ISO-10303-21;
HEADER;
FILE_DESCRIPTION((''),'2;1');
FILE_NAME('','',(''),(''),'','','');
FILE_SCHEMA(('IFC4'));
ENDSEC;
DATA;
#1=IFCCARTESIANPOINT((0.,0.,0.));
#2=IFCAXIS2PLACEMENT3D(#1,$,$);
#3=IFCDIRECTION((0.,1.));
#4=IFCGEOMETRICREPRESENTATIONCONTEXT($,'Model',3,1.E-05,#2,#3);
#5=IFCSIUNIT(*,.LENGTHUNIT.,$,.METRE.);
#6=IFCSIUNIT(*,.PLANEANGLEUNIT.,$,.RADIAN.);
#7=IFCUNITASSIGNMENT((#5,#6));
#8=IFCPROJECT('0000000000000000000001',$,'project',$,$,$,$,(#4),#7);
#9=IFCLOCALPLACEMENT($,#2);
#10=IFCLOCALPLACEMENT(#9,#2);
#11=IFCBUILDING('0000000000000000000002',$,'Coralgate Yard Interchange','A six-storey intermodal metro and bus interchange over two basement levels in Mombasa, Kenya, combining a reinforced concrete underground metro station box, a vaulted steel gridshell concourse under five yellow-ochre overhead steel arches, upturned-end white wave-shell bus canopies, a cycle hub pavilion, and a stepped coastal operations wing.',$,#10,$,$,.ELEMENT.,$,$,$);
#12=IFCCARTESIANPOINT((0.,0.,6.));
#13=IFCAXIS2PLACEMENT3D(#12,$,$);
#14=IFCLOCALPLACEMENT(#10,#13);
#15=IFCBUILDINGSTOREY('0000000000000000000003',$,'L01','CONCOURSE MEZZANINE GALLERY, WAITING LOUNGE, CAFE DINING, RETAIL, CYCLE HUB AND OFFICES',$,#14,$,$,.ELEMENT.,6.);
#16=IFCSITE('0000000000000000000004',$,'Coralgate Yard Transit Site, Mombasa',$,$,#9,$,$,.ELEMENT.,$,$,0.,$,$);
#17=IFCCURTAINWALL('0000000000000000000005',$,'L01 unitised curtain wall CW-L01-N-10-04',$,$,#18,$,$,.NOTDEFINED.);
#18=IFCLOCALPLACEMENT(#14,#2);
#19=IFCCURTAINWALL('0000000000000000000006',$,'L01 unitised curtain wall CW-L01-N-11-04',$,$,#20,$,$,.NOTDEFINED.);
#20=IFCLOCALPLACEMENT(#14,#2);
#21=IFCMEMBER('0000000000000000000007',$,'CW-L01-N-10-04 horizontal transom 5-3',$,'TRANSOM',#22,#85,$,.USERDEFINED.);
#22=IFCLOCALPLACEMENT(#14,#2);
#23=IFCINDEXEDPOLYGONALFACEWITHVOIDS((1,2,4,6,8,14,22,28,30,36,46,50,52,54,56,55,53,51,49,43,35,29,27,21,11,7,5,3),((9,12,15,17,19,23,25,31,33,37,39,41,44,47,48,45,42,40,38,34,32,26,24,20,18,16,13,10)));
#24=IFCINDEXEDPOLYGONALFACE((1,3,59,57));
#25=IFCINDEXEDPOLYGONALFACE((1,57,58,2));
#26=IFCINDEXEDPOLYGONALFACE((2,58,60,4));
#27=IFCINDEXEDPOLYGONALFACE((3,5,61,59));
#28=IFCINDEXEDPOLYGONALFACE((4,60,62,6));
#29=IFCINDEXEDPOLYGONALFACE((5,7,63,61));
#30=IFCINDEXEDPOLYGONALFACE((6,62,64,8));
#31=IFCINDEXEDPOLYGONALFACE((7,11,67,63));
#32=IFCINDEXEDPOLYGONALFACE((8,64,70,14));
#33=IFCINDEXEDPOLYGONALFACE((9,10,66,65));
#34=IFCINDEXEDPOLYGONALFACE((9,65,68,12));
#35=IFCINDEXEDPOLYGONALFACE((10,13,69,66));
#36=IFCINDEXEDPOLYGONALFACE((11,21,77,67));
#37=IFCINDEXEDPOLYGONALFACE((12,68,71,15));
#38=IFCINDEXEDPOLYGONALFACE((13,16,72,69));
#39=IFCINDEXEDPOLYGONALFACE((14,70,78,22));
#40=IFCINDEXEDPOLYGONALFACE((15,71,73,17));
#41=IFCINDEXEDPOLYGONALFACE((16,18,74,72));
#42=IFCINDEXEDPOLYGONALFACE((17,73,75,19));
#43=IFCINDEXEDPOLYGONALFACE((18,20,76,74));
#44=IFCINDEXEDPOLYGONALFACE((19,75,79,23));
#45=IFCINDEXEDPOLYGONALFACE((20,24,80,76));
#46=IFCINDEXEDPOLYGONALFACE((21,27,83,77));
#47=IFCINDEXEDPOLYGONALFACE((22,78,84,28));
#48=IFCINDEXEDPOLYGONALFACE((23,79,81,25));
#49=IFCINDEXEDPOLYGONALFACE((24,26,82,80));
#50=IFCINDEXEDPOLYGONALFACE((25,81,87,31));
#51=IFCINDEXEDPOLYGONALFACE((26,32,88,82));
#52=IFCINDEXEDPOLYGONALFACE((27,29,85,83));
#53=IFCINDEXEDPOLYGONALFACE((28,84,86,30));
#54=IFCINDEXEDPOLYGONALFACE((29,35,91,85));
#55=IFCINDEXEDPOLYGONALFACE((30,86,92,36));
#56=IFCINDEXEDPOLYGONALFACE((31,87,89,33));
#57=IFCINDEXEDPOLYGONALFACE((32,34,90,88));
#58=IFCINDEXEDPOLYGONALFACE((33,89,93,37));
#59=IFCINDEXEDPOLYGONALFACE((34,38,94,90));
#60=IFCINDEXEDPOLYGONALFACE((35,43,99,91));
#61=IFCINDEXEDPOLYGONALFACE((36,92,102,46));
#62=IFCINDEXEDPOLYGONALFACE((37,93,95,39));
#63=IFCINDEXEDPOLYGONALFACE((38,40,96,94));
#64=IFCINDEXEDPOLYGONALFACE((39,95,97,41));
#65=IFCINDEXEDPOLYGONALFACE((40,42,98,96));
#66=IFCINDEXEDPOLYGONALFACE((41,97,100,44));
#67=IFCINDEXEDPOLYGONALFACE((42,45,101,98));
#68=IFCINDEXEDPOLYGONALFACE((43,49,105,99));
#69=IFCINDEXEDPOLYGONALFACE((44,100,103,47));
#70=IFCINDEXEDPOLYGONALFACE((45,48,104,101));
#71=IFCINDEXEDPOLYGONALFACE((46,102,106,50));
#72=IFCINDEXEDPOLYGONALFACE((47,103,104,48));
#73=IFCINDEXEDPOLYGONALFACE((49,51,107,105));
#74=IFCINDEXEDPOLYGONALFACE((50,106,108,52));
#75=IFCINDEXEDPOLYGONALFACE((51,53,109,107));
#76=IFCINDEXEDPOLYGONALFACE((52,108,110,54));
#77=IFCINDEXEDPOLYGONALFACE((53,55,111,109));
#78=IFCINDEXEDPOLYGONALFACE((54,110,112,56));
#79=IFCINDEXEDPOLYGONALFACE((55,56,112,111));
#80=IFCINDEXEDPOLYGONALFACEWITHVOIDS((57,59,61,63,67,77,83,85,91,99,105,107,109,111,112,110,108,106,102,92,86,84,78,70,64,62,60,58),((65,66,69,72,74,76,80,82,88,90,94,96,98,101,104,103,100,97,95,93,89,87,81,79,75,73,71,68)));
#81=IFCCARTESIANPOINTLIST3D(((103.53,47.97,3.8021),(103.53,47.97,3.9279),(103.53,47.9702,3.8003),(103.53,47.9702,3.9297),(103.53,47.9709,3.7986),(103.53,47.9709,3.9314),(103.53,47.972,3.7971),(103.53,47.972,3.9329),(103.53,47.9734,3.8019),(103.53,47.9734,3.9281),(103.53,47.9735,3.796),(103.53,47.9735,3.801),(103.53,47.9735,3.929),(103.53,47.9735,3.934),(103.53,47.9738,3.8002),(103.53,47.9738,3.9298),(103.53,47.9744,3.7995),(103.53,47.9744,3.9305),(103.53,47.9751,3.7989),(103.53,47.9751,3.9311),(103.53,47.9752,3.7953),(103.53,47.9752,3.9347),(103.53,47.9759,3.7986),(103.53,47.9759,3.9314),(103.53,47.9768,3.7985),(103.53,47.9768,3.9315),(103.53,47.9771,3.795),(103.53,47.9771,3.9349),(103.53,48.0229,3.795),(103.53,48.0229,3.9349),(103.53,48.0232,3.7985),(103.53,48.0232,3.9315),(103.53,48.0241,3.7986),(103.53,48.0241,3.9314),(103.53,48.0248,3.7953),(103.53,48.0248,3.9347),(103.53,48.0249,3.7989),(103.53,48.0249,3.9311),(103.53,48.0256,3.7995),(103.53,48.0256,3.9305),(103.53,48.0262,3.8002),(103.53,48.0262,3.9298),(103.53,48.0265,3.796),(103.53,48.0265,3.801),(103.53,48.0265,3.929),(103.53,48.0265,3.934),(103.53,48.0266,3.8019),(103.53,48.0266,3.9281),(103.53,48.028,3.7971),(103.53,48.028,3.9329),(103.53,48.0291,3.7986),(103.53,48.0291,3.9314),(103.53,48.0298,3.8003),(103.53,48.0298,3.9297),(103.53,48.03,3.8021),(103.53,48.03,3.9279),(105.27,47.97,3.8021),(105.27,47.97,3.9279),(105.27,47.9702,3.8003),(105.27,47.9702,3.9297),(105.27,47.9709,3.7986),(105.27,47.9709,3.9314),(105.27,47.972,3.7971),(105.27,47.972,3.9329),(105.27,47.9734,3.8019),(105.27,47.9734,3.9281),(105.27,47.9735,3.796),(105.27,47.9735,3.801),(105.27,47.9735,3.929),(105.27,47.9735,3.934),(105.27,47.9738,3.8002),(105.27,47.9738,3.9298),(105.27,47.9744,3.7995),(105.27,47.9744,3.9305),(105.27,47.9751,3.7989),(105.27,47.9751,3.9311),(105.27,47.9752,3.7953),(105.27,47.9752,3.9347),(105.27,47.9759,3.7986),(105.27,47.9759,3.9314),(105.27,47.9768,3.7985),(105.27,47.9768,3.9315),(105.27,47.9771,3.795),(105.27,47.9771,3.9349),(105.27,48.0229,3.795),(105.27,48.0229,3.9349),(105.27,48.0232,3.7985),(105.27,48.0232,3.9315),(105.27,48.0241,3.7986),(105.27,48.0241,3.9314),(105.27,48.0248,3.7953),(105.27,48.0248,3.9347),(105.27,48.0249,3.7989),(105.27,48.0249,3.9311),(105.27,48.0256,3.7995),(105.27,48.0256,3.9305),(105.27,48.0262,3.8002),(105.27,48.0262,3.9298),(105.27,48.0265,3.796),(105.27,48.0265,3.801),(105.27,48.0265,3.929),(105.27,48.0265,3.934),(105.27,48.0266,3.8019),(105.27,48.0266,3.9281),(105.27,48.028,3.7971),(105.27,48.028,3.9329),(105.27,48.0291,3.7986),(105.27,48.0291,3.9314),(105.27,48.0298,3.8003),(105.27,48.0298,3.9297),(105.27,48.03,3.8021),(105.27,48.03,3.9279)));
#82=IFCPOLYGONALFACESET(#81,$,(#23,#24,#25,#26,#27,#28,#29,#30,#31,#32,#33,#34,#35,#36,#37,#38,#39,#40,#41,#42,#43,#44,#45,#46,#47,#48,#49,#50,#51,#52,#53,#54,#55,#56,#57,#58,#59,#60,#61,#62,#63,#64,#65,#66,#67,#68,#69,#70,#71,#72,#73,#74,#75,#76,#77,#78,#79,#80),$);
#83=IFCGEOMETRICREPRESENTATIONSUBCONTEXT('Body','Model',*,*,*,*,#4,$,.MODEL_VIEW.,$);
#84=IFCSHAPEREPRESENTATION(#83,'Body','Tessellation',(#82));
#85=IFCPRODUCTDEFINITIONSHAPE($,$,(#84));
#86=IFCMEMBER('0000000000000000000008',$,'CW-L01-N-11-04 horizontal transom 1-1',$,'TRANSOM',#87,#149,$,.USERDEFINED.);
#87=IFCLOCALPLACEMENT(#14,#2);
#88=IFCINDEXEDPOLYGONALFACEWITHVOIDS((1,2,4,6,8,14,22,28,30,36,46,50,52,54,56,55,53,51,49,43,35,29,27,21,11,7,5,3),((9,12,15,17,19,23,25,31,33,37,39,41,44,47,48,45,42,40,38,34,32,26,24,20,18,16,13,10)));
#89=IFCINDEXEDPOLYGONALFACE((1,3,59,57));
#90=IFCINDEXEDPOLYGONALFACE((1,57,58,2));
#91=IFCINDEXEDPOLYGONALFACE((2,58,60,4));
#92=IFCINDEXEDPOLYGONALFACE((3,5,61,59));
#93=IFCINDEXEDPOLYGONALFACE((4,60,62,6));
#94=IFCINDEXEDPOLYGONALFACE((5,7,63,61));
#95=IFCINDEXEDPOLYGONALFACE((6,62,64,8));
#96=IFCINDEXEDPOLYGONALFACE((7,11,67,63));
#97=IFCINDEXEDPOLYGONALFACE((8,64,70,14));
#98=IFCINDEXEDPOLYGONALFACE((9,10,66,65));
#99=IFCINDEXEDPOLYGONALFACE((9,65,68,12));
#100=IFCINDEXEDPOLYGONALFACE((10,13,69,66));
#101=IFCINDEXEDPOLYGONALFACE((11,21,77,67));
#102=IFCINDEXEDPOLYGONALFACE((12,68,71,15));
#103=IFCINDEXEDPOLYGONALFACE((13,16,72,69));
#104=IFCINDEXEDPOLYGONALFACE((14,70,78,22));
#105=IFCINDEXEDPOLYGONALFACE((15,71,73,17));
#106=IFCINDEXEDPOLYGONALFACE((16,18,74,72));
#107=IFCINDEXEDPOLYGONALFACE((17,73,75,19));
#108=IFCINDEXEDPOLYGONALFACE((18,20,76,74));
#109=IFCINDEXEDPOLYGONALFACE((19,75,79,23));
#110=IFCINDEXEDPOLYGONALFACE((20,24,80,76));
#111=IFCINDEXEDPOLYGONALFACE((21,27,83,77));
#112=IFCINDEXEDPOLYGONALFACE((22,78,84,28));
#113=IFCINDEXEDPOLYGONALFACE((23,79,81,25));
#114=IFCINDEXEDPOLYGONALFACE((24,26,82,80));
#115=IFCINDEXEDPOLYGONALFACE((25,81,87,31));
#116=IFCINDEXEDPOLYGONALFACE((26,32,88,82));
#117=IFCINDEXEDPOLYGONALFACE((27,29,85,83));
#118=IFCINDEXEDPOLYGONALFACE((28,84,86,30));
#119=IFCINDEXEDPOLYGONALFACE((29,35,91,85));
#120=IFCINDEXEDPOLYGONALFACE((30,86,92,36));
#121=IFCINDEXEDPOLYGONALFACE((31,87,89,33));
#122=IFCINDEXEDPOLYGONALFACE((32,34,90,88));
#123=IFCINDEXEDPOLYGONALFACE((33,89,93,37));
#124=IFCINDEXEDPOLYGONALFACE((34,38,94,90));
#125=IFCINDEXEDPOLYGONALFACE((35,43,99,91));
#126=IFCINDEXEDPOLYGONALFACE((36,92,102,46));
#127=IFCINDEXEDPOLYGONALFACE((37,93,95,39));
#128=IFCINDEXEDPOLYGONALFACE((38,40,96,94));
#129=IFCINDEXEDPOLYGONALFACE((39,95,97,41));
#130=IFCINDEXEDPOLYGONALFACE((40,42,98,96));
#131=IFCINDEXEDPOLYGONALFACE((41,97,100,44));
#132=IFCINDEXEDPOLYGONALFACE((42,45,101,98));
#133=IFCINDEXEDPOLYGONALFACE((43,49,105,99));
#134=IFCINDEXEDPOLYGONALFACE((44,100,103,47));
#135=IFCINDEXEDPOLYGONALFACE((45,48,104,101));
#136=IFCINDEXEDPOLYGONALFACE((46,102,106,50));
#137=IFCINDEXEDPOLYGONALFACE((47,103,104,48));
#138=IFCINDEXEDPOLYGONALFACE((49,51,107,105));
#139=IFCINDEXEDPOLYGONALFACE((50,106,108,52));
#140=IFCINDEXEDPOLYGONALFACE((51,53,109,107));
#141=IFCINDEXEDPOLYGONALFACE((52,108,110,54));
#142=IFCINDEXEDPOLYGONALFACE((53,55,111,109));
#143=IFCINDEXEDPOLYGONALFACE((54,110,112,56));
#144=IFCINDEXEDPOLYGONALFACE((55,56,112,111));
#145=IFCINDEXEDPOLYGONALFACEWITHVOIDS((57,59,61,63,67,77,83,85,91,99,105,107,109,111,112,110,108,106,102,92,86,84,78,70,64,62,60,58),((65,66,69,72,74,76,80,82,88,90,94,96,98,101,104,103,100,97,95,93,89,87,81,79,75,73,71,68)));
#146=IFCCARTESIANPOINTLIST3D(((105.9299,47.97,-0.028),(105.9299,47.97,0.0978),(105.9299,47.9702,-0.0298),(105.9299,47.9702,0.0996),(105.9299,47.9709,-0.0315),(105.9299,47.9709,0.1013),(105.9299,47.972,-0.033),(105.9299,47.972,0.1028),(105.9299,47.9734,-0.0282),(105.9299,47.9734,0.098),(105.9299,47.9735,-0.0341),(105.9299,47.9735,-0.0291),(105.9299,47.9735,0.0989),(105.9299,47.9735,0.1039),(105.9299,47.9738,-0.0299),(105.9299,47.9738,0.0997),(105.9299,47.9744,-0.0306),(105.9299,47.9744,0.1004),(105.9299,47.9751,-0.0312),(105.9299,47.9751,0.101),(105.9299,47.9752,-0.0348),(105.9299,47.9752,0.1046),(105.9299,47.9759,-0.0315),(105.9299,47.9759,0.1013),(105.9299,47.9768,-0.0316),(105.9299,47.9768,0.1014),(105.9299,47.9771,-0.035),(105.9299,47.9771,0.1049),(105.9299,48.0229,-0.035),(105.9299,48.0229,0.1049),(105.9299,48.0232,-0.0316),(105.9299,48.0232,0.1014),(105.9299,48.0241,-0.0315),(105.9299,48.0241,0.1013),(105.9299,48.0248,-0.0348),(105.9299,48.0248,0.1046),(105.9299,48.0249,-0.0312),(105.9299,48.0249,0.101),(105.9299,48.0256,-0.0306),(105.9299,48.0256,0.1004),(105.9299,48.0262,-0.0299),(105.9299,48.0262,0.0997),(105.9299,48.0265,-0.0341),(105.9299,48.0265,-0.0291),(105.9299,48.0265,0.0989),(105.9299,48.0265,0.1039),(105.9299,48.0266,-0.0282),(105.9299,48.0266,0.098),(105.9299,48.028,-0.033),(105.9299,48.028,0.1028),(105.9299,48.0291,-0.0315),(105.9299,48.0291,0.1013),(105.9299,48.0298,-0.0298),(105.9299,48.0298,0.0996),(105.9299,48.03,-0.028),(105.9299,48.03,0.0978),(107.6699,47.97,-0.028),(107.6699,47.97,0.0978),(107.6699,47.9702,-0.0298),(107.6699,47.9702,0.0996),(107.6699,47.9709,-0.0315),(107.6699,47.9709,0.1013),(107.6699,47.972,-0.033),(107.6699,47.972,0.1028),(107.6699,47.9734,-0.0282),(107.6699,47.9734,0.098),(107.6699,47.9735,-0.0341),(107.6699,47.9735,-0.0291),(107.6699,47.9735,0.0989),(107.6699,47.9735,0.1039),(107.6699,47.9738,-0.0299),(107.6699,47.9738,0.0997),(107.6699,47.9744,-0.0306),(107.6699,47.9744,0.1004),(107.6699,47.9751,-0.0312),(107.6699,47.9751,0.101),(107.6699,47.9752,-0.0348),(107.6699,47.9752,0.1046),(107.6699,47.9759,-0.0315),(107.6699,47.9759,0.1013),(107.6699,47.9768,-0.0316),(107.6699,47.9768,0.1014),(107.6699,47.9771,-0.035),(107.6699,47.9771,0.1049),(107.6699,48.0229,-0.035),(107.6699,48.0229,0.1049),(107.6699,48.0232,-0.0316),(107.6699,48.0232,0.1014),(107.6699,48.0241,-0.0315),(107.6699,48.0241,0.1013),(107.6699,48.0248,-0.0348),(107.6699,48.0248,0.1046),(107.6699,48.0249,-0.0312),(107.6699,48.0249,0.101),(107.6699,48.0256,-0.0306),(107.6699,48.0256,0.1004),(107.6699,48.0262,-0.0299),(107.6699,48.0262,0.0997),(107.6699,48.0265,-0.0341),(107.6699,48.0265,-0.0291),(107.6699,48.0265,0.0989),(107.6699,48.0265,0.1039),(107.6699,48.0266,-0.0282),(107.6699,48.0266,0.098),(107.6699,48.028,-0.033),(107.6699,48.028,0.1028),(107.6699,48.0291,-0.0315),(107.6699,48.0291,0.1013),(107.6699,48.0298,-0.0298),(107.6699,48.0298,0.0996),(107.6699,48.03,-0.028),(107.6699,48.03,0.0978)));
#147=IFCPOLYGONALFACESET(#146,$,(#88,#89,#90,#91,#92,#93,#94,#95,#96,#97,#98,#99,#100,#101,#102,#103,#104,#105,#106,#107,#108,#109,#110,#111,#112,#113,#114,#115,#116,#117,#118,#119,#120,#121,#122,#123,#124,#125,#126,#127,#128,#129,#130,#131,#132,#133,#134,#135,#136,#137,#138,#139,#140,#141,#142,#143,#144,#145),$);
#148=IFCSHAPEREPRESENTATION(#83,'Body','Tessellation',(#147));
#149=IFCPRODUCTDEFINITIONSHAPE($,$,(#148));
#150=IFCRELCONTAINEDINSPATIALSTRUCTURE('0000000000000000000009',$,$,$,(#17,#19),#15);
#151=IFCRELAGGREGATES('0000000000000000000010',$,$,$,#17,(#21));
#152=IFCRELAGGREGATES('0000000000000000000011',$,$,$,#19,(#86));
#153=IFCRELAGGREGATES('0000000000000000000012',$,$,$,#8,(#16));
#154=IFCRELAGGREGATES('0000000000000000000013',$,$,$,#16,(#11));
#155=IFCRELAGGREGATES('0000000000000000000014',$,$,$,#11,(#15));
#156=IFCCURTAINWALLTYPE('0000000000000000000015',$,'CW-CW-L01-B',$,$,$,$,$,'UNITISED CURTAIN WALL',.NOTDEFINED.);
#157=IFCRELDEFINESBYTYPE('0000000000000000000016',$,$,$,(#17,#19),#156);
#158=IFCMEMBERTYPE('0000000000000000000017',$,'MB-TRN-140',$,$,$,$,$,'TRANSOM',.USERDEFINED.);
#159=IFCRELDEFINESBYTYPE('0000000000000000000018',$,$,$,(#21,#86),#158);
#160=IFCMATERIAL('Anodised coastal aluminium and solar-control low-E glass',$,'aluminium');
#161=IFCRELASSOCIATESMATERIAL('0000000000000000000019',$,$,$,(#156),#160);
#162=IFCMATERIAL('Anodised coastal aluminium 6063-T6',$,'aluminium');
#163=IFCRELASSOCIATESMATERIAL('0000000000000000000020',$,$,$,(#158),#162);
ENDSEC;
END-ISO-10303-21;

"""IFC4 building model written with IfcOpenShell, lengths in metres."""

from ifc_helpers import new_model, si_unit, direction, frame, origin, origin_2d, place, context, subcontext, project, spatial, hollow_rectangle, extrude, material, material_profile, profile_set, type_object, element, aggregate, save


model = new_model("IFC4")

# Units and contexts
model_context = context("Model", 3, precision=1e-05, world=origin(), true_north=direction((0.0, 1.0)))
body_context = subcontext(model_context, "Body", "Model", "MODEL_VIEW")
ifc_project = project(units=[si_unit("LENGTHUNIT", "METRE"), si_unit("PLANEANGLEUNIT", "RADIAN")], contexts=[model_context])

# Site, building, storey
site_placement = place(None, origin())
site = spatial("IfcSite", under=ifc_project, at=site_placement, Name="Coralgate Yard Transit Site, Mombasa", CompositionType="ELEMENT", RefElevation=0.0)
building_placement = place(site_placement, origin())
building = spatial("IfcBuilding", under=site, at=building_placement, Name="Coralgate Yard Interchange", Description="A six-storey intermodal metro and bus interchange over two basement levels in Mombasa, Kenya, combining a reinforced concrete underground metro station box, a vaulted steel gridshell concourse under five yellow-ochre overhead steel arches, upturned-end white wave-shell bus canopies, a cycle hub pavilion, and a stepped coastal operations wing.", CompositionType="ELEMENT")
storey_placement = place(building_placement, frame((0.0, 0.0, 6.0)))
storey = spatial("IfcBuildingStorey", under=building, at=storey_placement, Name="L01", Description="CONCOURSE MEZZANINE GALLERY, WAITING LOUNGE, CAFE DINING, RETAIL, CYCLE HUB AND OFFICES", CompositionType="ELEMENT", Elevation=6.0)

# Curtain walls
ifc_material_1 = material(Name="Anodised coastal aluminium and solar-control low-E glass", Category="aluminium")
curtain_wall_type = type_object("IfcCurtainWallType", Name="CW-CW-L01-B", ElementType="UNITISED CURTAIN WALL", PredefinedType="NOTDEFINED", material=ifc_material_1)
curtain_wall_1_placement = place(storey_placement, origin())
curtain_wall_1 = element("IfcCurtainWall", 1, at=curtain_wall_1_placement, inside=storey, type_object=curtain_wall_type, Name="L01 unitised curtain wall CW-L01-N-10-04", PredefinedType="NOTDEFINED")
ifc_material_2 = material(Name="Anodised coastal aluminium 6063-T6", Category="aluminium")
curtain_wall_2_placement = place(storey_placement, origin())
curtain_wall_2 = element("IfcCurtainWall", 2, at=curtain_wall_2_placement, inside=storey, type_object=curtain_wall_type, Name="L01 unitised curtain wall CW-L01-N-11-04", PredefinedType="NOTDEFINED")

# Members
ifc_material_profile_1 = material_profile(ifc_material_2, hollow_rectangle(XDim=0.0601, YDim=0.1399, WallThickness=0.0034, InnerFilletRadius=0.0034, OuterFilletRadius=0.0071, at=origin_2d()), Name="ALU 60x140x3.5")
ifc_profile_set_1 = profile_set([ifc_material_profile_1], Name="Anodised coastal aluminium 6063-T6")
member_type_1 = type_object("IfcMemberType", Name="MB-TRN-140", ElementType="TRANSOM", PredefinedType="USERDEFINED", material=ifc_profile_set_1)
member_1_placement = place(storey_placement, frame((103.53, 48.0, 3.865), z_axis=(1.0, 0.0, 0.0), x_axis=(0.0, 1.0, 0.0)))
member_1 = element("IfcMember", 3, at=member_1_placement, type_object=member_type_1, Name="CW-L01-N-10-04 horizontal transom 5-3", ObjectType="TRANSOM", PredefinedType="USERDEFINED", context=body_context, shape_type="SweptSolid", body=[
    extrude(hollow_rectangle(XDim=0.0601, YDim=0.1399, WallThickness=0.0034, InnerFilletRadius=0.0034, OuterFilletRadius=0.0071, at=origin_2d()), origin(), (0.0, 0.0, 1.0), 1.74),
])
member_2_placement = place(storey_placement, frame((105.9299, 48.0, 0.0349), z_axis=(1.0, 0.0, 0.0), x_axis=(0.0, 1.0, 0.0)))
member_2 = element("IfcMember", 4, at=member_2_placement, type_object=member_type_1, Name="CW-L01-N-11-04 horizontal transom 1-1", ObjectType="TRANSOM", PredefinedType="USERDEFINED", context=body_context, shape_type="SweptSolid", body=[
    extrude(hollow_rectangle(XDim=0.0601, YDim=0.1399, WallThickness=0.0034, InnerFilletRadius=0.0034, OuterFilletRadius=0.0071, at=origin_2d()), origin(), (0.0, 0.0, 1.0), 1.74),
])

aggregate(curtain_wall_1, [member_1])
aggregate(curtain_wall_2, [member_2])

save(model, "model.ifc")
